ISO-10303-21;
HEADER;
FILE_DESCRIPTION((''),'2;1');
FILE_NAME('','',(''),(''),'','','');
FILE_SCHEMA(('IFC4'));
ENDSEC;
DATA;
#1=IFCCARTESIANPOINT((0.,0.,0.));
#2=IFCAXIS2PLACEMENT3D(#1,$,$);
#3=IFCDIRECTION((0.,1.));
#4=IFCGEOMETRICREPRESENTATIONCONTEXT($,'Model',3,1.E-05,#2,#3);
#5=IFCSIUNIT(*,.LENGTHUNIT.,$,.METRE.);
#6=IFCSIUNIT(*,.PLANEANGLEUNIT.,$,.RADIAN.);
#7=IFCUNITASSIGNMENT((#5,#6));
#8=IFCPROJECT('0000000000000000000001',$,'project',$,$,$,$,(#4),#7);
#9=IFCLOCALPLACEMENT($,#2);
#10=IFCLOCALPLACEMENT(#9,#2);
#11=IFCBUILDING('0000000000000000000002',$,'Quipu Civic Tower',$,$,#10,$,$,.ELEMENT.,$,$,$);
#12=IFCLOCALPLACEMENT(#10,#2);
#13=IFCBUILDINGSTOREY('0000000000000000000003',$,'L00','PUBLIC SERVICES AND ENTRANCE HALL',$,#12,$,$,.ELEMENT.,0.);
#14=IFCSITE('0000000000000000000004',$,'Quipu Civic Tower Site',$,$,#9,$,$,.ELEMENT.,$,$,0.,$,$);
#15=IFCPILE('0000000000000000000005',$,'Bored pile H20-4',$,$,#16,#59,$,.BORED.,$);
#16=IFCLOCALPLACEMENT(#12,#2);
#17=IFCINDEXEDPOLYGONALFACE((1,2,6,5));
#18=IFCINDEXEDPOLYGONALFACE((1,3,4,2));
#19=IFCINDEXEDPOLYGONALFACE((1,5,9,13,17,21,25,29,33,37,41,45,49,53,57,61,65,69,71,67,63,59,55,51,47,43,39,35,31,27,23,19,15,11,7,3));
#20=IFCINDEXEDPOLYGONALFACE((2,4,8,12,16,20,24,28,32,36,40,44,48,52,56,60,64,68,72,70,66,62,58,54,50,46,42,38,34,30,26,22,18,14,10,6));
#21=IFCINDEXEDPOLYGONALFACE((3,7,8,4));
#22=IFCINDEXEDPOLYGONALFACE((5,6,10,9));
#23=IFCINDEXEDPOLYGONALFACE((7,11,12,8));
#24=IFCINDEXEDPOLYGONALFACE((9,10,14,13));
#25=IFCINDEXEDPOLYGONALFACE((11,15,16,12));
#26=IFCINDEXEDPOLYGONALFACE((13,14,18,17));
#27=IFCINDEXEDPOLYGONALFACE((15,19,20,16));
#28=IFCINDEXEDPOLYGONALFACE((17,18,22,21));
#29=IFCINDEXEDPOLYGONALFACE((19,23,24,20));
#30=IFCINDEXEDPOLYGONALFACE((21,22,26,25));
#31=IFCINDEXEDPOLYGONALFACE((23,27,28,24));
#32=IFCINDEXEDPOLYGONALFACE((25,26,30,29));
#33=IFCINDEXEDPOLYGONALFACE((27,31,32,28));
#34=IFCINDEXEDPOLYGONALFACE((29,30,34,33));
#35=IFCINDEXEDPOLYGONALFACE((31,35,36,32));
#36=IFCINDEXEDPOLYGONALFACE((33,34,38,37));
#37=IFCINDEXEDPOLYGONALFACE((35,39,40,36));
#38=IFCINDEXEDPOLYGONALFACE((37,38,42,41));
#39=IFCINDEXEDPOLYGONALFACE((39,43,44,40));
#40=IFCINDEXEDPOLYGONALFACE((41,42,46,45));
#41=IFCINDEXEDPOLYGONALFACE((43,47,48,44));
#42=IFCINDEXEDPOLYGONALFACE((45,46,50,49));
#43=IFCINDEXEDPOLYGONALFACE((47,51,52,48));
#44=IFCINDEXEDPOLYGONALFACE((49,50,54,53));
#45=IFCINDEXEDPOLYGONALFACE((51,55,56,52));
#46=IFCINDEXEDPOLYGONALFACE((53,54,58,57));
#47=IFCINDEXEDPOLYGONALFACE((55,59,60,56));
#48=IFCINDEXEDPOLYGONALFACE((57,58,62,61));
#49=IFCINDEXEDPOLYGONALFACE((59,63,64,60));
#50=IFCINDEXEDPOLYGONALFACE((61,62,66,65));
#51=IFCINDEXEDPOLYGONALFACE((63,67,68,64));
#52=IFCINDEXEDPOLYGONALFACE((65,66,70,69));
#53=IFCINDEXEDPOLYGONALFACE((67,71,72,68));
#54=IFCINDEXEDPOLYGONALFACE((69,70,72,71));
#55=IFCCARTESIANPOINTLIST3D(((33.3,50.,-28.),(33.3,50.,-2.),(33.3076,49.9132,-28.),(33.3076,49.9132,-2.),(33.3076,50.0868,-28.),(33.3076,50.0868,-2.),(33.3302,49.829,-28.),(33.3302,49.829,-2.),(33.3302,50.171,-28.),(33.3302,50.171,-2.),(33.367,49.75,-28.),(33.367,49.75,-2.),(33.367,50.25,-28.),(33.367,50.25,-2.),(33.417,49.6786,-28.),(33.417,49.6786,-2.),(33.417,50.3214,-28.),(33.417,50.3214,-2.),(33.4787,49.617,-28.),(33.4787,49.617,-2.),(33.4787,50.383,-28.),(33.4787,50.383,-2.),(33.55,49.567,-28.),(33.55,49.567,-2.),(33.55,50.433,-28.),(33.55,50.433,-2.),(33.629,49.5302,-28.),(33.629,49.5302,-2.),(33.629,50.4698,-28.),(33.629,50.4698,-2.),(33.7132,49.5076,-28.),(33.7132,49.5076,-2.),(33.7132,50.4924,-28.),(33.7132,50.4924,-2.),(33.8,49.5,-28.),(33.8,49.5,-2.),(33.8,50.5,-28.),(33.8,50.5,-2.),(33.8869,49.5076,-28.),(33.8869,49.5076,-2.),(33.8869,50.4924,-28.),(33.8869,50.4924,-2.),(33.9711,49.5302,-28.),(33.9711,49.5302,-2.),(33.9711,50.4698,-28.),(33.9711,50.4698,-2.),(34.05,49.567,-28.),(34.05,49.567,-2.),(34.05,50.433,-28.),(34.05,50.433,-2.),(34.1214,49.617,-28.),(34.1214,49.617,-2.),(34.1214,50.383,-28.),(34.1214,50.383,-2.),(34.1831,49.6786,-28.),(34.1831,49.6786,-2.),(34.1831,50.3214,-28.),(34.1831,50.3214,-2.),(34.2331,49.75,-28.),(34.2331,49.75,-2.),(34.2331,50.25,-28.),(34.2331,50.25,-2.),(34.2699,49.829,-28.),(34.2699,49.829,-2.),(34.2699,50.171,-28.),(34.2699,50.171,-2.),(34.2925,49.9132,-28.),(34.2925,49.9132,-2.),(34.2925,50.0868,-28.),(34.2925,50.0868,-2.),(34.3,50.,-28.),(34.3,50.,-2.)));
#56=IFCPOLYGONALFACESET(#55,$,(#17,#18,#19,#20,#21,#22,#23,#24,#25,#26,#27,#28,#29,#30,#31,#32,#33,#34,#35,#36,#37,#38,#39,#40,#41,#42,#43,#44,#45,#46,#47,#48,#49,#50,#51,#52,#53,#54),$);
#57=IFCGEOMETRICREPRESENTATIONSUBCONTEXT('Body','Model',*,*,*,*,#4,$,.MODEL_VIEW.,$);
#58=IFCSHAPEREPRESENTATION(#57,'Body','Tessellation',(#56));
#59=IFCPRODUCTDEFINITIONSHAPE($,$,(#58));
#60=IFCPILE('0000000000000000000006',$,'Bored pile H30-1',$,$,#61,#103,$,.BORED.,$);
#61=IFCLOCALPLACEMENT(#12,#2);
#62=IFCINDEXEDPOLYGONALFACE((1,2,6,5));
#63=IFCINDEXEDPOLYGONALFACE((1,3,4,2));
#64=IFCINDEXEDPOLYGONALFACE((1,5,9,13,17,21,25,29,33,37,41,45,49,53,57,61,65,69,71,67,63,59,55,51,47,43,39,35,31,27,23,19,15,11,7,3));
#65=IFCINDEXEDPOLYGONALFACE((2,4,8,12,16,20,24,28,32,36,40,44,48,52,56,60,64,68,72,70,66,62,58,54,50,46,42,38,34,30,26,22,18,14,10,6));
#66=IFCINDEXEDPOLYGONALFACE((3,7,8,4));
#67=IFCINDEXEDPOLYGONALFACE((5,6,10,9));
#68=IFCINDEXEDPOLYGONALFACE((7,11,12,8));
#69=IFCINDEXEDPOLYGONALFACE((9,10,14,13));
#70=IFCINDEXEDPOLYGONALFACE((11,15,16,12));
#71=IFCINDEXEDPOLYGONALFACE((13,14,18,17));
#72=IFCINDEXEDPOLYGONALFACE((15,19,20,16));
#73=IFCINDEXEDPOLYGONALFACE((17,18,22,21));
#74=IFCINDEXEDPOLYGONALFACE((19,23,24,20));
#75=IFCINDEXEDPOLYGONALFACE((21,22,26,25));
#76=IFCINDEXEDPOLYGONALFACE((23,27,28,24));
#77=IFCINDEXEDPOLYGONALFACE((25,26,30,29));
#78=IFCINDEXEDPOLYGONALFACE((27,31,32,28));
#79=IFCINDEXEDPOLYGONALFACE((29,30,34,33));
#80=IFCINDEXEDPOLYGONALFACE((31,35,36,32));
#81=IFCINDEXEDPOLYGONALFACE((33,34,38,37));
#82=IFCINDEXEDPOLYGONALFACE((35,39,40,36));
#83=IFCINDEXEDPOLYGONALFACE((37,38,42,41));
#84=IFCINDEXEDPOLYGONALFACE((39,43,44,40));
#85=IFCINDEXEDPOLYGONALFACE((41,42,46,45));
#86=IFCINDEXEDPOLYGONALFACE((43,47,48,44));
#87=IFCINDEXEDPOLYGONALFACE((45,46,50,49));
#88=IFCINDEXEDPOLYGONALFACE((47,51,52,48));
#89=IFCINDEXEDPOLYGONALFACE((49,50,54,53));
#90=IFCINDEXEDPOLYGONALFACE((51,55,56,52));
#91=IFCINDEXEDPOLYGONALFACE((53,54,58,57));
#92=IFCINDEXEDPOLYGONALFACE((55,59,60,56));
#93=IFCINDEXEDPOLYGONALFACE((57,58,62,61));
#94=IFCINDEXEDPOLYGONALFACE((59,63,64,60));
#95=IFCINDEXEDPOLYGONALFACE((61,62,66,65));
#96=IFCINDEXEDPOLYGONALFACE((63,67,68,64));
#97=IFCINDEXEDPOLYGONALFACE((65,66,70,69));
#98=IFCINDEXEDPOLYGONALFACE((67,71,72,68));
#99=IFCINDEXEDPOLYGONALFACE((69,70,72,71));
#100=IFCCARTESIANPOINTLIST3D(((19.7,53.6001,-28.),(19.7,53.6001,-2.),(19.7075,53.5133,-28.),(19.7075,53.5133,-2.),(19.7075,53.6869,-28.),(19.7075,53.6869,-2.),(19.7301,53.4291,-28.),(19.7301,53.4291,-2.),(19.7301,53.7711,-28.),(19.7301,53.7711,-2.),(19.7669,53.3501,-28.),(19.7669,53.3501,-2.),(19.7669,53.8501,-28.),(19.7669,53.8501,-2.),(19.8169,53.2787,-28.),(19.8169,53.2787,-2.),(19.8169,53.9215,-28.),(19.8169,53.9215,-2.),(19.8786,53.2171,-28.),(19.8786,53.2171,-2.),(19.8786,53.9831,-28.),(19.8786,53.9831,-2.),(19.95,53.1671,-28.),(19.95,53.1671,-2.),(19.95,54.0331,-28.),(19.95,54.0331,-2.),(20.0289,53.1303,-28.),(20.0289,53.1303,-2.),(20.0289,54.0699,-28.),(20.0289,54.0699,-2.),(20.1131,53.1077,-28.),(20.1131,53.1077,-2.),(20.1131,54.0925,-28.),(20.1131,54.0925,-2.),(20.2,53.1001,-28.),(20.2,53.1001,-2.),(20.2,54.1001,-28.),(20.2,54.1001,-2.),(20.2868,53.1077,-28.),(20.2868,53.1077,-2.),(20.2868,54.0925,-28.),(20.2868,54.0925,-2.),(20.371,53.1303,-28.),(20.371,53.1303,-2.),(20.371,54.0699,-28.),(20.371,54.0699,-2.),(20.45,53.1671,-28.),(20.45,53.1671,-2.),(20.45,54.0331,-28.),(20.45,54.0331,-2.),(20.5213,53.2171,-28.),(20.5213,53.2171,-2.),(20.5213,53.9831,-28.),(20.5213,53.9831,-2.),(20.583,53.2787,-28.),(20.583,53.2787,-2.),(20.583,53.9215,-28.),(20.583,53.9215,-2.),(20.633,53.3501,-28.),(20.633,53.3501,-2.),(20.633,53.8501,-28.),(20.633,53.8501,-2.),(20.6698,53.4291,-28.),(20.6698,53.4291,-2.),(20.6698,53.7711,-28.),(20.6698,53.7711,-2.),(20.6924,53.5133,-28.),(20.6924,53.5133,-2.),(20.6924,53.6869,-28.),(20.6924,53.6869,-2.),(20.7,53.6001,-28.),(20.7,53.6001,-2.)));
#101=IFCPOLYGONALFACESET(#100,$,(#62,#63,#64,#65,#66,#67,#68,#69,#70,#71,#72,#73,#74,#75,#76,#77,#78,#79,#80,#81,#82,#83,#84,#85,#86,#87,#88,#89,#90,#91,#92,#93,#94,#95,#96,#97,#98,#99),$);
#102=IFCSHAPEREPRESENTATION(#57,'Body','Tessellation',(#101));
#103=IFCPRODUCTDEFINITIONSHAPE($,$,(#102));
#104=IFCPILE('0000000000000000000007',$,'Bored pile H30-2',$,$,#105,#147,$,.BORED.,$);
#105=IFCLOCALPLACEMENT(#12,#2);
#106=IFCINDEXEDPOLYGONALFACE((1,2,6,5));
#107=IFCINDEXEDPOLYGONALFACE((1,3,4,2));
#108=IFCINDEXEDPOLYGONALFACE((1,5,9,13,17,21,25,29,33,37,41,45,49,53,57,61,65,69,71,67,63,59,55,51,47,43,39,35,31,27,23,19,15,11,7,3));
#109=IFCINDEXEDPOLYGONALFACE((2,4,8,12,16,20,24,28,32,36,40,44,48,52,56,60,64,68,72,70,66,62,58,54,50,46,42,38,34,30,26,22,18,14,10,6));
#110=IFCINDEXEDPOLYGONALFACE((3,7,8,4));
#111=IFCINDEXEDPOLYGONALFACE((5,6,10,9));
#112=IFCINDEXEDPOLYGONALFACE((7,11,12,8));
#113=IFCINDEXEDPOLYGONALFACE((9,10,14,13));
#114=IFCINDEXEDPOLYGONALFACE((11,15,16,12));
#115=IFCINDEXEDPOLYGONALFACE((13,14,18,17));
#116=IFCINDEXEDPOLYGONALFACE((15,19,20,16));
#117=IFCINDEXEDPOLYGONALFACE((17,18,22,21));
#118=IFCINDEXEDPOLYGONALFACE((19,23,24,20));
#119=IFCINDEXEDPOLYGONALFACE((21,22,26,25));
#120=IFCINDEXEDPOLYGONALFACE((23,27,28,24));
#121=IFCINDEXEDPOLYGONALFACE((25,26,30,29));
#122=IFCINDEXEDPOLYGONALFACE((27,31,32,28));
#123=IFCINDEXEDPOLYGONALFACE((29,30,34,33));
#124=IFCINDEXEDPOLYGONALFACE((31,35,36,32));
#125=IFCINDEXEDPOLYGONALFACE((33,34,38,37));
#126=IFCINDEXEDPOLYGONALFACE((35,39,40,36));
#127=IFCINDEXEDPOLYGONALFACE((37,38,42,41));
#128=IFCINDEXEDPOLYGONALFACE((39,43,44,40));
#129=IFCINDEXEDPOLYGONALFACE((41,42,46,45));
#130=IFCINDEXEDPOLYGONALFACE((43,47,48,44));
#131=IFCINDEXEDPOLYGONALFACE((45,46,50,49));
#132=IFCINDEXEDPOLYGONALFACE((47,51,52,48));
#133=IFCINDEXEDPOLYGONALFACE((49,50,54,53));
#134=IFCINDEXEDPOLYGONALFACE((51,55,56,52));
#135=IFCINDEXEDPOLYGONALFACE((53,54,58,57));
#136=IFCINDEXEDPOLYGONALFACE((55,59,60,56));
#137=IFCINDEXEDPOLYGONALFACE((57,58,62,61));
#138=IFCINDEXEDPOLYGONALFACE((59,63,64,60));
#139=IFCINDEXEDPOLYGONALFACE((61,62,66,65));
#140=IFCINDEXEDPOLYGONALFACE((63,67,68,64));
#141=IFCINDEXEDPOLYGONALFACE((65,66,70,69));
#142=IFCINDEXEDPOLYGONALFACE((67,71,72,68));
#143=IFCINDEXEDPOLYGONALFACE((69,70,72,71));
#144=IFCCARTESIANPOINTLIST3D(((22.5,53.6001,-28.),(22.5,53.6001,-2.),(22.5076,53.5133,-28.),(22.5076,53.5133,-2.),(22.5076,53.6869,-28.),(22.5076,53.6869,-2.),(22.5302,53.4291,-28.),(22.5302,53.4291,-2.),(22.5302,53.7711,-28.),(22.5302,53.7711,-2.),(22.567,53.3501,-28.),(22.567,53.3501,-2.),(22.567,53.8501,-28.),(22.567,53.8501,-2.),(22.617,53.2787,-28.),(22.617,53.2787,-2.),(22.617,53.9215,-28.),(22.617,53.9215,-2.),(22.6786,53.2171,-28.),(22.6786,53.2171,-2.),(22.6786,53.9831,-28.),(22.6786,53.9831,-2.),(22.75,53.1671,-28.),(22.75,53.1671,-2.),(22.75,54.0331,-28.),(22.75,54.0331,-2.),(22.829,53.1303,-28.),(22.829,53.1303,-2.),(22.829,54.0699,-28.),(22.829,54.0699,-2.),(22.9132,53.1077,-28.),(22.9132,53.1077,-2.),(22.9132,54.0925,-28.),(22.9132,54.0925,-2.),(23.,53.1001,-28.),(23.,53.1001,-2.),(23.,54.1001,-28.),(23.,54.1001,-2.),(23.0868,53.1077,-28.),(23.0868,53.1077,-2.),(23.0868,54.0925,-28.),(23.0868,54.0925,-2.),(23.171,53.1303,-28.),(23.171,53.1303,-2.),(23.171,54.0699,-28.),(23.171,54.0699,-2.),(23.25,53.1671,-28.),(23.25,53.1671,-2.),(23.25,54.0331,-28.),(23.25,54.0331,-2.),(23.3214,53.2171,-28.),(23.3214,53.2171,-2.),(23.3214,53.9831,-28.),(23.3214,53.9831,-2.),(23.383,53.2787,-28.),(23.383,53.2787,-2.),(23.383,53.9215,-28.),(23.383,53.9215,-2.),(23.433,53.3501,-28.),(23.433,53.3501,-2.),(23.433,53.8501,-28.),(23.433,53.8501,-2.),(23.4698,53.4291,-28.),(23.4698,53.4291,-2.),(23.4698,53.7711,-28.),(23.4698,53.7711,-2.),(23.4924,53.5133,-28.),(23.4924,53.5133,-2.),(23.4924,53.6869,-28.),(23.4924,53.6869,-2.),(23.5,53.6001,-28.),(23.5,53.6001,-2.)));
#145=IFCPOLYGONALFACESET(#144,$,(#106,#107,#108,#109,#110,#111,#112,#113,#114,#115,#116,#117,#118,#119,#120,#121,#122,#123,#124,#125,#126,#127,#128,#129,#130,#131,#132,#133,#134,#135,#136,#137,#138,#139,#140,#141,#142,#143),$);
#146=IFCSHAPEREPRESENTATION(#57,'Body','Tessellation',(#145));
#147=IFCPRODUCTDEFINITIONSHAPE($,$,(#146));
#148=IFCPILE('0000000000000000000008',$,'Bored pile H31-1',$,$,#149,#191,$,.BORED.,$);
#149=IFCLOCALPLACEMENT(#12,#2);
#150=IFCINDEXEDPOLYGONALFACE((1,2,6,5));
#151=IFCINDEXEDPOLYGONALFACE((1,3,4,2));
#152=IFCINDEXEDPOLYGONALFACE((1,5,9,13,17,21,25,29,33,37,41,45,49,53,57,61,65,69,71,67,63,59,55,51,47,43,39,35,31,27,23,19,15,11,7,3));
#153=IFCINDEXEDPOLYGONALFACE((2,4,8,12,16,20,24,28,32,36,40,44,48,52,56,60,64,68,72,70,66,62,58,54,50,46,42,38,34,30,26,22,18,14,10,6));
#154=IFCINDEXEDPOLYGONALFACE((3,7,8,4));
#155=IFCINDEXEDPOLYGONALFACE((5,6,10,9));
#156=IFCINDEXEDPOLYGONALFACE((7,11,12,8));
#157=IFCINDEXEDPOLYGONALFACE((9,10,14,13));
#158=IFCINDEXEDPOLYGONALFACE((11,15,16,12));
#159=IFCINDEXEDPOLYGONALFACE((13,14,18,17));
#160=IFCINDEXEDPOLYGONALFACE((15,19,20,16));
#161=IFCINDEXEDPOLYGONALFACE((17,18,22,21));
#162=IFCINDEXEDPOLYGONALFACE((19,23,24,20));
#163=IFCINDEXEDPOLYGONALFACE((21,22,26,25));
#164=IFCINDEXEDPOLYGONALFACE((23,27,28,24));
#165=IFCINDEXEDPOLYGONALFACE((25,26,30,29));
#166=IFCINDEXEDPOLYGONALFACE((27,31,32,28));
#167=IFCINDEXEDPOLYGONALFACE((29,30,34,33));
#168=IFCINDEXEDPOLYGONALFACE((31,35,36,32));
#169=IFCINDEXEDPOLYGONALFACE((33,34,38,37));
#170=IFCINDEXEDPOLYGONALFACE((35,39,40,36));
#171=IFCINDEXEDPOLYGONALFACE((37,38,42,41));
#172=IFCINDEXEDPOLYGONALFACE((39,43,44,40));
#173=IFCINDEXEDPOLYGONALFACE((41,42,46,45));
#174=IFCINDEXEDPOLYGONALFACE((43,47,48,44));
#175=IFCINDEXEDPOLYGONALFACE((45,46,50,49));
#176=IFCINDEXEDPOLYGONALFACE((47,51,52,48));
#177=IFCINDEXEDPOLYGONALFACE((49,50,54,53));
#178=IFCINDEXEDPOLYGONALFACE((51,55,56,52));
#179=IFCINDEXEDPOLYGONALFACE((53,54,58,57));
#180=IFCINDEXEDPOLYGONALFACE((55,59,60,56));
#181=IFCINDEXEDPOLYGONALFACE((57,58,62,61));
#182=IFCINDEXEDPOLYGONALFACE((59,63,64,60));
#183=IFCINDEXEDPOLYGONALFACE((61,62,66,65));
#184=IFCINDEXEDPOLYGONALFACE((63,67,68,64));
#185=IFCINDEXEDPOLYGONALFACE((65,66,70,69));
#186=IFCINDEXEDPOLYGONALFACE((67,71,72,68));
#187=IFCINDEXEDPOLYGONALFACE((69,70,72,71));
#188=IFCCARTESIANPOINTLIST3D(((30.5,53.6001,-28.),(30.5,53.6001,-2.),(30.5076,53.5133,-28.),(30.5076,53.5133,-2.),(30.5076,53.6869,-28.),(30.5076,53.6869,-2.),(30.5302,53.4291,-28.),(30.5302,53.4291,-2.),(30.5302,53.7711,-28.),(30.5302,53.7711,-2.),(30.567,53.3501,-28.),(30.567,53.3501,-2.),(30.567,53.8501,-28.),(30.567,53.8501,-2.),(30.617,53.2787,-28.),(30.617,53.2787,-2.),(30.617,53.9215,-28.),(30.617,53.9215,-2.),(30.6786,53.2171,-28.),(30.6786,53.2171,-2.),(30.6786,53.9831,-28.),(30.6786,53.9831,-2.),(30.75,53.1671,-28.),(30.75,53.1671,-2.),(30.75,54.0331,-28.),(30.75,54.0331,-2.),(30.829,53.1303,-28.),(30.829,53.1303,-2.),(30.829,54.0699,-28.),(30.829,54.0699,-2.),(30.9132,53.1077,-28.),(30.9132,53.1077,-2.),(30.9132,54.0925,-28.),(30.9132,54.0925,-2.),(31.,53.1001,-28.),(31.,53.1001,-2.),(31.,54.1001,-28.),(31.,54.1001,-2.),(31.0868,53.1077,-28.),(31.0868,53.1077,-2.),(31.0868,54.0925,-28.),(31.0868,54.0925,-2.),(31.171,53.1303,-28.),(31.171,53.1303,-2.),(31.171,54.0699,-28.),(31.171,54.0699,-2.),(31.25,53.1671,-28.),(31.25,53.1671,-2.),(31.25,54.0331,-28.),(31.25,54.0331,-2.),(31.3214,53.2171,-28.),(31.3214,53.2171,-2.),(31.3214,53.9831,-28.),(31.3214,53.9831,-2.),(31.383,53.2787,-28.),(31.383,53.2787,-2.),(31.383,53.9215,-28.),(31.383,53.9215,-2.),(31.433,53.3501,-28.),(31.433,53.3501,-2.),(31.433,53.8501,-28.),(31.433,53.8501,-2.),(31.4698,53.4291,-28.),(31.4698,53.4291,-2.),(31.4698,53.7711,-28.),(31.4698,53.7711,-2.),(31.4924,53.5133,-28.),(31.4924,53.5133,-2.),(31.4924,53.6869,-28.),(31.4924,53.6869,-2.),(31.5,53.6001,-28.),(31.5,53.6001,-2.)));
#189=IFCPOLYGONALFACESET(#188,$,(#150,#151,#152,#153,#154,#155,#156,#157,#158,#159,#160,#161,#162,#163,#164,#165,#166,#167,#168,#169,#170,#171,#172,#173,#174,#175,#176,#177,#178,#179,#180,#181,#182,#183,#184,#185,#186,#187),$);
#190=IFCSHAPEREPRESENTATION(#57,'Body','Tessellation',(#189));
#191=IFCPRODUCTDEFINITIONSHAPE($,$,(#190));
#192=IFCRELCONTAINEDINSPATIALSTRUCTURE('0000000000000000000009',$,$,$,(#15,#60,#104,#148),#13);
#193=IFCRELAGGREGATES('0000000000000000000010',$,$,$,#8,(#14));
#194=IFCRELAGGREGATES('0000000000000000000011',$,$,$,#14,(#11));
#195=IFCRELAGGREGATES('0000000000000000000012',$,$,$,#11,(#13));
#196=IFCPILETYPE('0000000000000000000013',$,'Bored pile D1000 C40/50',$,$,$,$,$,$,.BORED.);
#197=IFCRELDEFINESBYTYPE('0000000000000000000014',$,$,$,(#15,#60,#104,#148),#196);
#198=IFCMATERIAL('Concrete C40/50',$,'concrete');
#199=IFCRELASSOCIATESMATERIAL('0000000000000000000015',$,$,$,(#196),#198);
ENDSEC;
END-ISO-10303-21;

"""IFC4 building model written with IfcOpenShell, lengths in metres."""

from ifc_helpers import new_model, si_unit, direction, frame, origin, origin_2d, place, context, subcontext, project, spatial, circle, extrude, material, material_profile, profile_set, type_object, element, save


model = new_model("IFC4")

# Units and contexts
model_context = context("Model", 3, precision=1e-05, world=origin(), true_north=direction((0.0, 1.0)))
body_context = subcontext(model_context, "Body", "Model", "MODEL_VIEW")
ifc_project = project(units=[si_unit("LENGTHUNIT", "METRE"), si_unit("PLANEANGLEUNIT", "RADIAN")], contexts=[model_context])

# Site, building, storey
site_placement = place(None, origin())
site = spatial("IfcSite", under=ifc_project, at=site_placement, Name="Quipu Civic Tower Site", CompositionType="ELEMENT", RefElevation=0.0)
building_placement = place(site_placement, origin())
building = spatial("IfcBuilding", under=site, at=building_placement, Name="Quipu Civic Tower", CompositionType="ELEMENT")
storey_placement = place(building_placement, origin())
storey = spatial("IfcBuildingStorey", under=building, at=storey_placement, Name="L00", Description="PUBLIC SERVICES AND ENTRANCE HALL", CompositionType="ELEMENT", Elevation=0.0)

# Piles
ifc_material_1 = material(Name="Concrete C40/50", Category="concrete")
ifc_material_profile_1 = material_profile(ifc_material_1, circle(Radius=0.5, at=origin_2d()), Name="RCD1000")
ifc_profile_set_1 = profile_set([ifc_material_profile_1], Name="Concrete C40/50")
pile_type_1 = type_object("IfcPileType", Name="Bored pile D1000 C40/50", PredefinedType="BORED", material=ifc_profile_set_1)
for number, where, z_axis, x_axis, name in (
    (1, (33.8, 50.0, -2.0), (0.0, 0.0, -1.0), (1.0, 0.0, 0.0), "Bored pile H20-4"),
    (2, (20.2, 53.6001, -2.0), (0.0, 0.0, -1.0), (1.0, 0.0, 0.0), "Bored pile H30-1"),
    (3, (23.0, 53.6001, -2.0), (0.0, 0.0, -1.0), (1.0, 0.0, 0.0), "Bored pile H30-2"),
    (4, (31.0, 53.6001, -2.0), (0.0, 0.0, -1.0), (1.0, 0.0, 0.0), "Bored pile H31-1"),
):
    element("IfcPile", number, at=place(storey_placement, frame(where, z_axis=z_axis, x_axis=x_axis)), inside=storey, type_object=pile_type_1, Name=name, PredefinedType="BORED", context=body_context, shape_type="SweptSolid", body=[
        extrude(circle(Radius=0.5, at=origin_2d()), origin(), (0.0, 0.0, 1.0), 26.0),
    ])

save(model, "model.ifc")
